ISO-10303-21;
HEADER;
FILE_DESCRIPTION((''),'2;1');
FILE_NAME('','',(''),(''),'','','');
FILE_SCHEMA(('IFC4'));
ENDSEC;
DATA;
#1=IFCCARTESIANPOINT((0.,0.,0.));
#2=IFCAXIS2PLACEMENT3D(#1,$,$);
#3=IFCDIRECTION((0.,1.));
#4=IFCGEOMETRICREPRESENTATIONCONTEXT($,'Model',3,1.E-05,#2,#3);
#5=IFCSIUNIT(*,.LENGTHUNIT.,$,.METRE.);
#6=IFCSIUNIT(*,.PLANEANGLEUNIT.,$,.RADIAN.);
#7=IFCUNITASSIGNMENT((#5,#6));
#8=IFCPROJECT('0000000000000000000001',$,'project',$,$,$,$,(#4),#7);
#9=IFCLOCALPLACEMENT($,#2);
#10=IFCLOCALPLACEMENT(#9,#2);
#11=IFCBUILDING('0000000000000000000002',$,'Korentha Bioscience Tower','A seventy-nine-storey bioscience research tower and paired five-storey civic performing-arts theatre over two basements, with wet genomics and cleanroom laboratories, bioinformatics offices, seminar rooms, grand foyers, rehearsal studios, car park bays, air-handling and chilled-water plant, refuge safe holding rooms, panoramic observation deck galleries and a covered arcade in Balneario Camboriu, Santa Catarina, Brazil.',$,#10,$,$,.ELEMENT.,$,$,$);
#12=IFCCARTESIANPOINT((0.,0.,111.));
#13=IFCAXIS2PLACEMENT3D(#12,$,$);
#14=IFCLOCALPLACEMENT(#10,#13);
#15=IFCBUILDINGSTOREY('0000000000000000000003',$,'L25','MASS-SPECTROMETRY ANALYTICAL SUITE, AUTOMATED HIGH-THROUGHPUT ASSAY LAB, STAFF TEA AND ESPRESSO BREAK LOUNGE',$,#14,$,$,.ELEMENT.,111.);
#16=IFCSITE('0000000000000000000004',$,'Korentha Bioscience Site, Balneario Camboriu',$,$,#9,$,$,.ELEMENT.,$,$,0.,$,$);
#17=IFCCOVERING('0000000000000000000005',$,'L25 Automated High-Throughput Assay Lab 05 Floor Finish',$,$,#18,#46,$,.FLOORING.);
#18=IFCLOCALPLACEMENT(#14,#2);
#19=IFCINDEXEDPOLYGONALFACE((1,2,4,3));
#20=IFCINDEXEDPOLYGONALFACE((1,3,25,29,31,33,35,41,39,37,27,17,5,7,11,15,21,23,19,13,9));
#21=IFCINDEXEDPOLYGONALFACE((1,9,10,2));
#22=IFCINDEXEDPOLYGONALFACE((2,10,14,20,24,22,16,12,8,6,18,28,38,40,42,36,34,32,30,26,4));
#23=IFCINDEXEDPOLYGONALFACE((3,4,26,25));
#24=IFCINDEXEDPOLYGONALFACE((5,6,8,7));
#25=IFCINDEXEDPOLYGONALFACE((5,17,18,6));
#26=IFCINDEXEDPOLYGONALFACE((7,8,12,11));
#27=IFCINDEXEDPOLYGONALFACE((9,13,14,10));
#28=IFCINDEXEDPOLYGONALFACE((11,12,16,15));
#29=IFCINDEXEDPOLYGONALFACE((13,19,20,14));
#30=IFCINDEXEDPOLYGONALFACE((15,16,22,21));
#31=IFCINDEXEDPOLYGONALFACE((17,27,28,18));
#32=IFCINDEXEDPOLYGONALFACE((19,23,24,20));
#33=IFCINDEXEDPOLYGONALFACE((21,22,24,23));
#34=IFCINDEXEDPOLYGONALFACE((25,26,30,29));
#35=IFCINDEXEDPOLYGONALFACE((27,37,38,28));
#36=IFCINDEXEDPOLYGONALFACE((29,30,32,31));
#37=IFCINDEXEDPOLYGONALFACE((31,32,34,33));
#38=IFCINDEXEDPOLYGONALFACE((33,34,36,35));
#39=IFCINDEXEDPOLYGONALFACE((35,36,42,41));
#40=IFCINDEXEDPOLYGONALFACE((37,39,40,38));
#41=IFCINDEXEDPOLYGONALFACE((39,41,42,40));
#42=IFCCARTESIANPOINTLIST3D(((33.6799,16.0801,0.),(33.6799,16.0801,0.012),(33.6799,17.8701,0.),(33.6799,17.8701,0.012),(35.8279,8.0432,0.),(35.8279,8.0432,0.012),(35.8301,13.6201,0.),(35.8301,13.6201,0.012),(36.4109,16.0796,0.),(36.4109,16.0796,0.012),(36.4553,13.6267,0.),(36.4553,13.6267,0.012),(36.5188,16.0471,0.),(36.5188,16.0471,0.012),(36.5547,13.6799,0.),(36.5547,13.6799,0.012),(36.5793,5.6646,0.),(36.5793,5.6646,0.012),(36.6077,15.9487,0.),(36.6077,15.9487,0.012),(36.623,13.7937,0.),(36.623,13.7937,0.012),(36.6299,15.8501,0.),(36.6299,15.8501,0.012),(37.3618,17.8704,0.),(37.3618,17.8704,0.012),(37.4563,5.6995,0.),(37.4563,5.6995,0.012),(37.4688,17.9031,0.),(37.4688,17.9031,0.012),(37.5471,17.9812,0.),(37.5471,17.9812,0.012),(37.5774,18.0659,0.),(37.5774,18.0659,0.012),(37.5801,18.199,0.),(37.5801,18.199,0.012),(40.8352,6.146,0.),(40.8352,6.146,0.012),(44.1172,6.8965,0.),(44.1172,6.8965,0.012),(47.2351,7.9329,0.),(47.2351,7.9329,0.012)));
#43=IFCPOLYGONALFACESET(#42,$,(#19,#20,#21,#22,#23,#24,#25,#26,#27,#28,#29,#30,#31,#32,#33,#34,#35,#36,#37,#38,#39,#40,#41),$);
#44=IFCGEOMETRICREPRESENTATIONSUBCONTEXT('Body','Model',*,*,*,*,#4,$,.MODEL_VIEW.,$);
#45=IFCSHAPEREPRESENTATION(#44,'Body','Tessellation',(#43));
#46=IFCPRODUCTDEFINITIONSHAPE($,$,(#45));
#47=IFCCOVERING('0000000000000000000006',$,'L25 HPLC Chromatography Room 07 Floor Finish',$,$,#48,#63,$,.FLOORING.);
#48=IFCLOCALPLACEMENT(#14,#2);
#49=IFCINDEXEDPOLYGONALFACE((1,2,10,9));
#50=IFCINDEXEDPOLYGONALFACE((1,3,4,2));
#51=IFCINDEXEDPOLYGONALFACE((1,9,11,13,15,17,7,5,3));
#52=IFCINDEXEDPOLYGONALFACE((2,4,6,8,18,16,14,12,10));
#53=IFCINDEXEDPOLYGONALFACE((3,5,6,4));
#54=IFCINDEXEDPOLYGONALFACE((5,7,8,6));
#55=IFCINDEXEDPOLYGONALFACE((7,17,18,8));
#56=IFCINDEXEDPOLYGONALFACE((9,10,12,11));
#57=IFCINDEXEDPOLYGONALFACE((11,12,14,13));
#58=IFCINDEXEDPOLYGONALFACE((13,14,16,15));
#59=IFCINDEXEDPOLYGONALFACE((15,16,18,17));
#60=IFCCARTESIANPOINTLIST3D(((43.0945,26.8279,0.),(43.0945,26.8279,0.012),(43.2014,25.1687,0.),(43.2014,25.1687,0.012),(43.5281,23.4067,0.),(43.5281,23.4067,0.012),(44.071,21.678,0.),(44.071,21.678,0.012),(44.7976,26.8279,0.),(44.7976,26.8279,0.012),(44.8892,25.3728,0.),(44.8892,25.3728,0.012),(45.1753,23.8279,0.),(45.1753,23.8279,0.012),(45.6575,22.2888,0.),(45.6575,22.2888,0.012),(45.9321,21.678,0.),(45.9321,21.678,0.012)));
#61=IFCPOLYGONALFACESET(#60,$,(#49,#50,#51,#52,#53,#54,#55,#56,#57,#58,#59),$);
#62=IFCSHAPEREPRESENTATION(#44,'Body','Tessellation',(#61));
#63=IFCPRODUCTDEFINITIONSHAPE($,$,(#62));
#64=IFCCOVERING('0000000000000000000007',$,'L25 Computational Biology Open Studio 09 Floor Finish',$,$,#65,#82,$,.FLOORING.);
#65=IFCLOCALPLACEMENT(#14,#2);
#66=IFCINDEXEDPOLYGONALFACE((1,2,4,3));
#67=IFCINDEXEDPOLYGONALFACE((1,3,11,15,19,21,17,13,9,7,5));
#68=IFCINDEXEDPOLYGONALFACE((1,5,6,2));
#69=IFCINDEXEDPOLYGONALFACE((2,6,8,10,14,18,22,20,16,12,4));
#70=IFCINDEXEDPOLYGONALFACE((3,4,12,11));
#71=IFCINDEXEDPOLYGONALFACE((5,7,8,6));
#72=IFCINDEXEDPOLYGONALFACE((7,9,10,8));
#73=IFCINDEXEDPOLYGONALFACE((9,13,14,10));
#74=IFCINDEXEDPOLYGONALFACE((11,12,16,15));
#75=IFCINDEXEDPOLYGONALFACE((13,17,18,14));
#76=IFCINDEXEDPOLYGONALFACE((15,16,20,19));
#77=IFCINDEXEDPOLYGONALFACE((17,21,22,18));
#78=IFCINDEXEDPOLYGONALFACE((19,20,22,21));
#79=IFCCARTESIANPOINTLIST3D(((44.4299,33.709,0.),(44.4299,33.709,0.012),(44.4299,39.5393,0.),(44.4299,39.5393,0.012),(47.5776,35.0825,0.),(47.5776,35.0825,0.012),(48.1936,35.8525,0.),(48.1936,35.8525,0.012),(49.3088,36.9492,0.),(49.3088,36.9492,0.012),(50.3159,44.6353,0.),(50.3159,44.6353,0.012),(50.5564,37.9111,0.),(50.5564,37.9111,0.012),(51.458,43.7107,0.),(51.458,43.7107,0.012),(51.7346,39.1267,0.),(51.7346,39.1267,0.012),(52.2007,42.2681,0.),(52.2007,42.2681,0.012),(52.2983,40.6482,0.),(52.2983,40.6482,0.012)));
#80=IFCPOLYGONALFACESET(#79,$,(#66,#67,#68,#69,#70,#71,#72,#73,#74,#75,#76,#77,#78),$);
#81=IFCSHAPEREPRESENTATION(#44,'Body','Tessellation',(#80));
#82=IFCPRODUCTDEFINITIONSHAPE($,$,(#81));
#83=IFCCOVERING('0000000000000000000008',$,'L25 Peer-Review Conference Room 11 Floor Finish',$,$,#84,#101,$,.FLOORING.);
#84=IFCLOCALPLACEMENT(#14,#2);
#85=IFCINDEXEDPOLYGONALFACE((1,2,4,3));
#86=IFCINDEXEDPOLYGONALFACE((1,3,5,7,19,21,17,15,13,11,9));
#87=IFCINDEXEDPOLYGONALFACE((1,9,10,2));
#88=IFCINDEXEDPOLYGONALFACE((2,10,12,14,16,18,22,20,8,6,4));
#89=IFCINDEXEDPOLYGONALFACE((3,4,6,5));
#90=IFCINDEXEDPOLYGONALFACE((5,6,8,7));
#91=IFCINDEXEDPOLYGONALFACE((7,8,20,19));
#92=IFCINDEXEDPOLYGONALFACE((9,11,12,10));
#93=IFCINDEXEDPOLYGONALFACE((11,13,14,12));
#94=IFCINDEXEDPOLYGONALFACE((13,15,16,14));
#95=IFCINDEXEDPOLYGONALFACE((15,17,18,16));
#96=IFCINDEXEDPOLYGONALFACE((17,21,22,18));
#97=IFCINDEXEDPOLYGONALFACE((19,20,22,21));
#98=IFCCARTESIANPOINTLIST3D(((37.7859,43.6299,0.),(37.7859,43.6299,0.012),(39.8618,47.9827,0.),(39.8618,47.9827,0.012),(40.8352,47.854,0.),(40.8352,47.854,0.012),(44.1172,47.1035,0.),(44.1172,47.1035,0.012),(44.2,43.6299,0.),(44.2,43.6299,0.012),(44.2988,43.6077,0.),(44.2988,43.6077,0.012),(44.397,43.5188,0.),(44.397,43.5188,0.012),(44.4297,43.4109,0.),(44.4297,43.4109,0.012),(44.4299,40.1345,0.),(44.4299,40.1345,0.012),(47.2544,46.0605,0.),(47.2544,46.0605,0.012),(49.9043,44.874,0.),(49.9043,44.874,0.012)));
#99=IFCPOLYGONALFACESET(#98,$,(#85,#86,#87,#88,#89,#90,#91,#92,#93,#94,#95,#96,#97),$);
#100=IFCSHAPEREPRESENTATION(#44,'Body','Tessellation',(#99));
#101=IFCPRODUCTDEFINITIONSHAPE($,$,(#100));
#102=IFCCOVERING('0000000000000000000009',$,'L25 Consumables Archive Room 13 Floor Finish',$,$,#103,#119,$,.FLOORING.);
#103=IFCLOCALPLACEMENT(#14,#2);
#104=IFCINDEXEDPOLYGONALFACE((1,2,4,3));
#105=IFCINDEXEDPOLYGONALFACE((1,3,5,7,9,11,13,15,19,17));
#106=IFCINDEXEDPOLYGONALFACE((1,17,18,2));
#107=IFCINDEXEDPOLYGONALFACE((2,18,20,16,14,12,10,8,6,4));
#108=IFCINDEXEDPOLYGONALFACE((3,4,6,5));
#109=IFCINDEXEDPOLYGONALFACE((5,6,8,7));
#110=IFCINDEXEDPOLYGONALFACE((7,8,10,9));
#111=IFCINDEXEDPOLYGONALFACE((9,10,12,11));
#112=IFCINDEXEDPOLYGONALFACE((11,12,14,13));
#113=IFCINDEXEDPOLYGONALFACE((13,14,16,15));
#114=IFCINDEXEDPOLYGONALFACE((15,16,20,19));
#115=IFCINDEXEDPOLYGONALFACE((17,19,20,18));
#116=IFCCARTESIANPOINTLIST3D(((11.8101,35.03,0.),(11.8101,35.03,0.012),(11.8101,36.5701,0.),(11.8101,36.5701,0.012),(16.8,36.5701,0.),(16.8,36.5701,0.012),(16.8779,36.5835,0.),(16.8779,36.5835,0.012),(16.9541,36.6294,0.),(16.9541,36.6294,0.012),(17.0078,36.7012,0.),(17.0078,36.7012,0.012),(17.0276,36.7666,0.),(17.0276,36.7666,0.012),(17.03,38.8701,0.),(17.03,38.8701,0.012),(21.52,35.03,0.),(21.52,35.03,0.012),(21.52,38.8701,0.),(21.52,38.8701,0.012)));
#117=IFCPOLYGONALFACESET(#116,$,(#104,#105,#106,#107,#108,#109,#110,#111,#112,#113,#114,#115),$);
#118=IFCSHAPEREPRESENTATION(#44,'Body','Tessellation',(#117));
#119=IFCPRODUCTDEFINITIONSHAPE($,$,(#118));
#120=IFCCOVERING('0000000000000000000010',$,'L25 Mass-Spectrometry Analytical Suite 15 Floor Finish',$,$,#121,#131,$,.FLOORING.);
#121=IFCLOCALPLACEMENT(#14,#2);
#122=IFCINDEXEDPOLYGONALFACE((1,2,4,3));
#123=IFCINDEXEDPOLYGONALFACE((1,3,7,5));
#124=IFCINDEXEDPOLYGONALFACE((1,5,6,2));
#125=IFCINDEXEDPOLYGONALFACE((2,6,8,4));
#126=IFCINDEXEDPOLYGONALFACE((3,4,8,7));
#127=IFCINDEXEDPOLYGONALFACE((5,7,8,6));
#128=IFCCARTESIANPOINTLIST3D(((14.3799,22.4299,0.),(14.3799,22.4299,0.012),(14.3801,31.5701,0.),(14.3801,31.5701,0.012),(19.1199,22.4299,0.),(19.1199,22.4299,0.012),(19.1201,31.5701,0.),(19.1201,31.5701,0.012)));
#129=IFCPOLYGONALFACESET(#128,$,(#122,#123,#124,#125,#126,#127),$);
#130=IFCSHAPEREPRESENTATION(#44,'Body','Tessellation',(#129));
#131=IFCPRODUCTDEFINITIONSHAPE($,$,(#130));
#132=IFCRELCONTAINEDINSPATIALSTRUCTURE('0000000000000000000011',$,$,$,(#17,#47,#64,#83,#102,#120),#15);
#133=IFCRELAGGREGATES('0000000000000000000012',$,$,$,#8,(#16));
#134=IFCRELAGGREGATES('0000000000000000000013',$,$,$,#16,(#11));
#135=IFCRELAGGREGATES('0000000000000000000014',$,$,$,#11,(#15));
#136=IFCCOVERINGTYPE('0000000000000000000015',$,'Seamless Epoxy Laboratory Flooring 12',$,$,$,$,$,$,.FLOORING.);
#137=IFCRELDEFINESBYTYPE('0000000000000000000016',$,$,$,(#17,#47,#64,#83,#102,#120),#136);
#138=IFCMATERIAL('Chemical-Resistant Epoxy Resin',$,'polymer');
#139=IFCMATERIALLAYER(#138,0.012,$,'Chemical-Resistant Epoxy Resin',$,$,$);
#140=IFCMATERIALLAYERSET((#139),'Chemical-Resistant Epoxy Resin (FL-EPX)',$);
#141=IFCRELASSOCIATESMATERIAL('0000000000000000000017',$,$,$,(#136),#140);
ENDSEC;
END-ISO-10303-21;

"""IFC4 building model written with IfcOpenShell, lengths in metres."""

from ifc_helpers import new_model, si_unit, direction, frame, origin, place, context, subcontext, project, spatial, polyline, outline, extrude, material, layer, layer_set, type_object, element, save


model = new_model("IFC4")

# Units and contexts
model_context = context("Model", 3, precision=1e-05, world=origin(), true_north=direction((0.0, 1.0)))
body_context = subcontext(model_context, "Body", "Model", "MODEL_VIEW")
ifc_project = project(units=[si_unit("LENGTHUNIT", "METRE"), si_unit("PLANEANGLEUNIT", "RADIAN")], contexts=[model_context])

# Site, building, storey
site_placement = place(None, origin())
site = spatial("IfcSite", under=ifc_project, at=site_placement, Name="Korentha Bioscience Site, Balneario Camboriu", CompositionType="ELEMENT", RefElevation=0.0)
building_placement = place(site_placement, origin())
building = spatial("IfcBuilding", under=site, at=building_placement, Name="Korentha Bioscience Tower", Description="A seventy-nine-storey bioscience research tower and paired five-storey civic performing-arts theatre over two basements, with wet genomics and cleanroom laboratories, bioinformatics offices, seminar rooms, grand foyers, rehearsal studios, car park bays, air-handling and chilled-water plant, refuge safe holding rooms, panoramic observation deck galleries and a covered arcade in Balneario Camboriu, Santa Catarina, Brazil.", CompositionType="ELEMENT")
storey_placement = place(building_placement, frame((0.0, 0.0, 111.0)))
storey = spatial("IfcBuildingStorey", under=building, at=storey_placement, Name="L25", Description="MASS-SPECTROMETRY ANALYTICAL SUITE, AUTOMATED HIGH-THROUGHPUT ASSAY LAB, STAFF TEA AND ESPRESSO BREAK LOUNGE", CompositionType="ELEMENT", Elevation=111.0)

# Coverings
ifc_material_1 = material(Name="Chemical-Resistant Epoxy Resin", Category="polymer")
ifc_layer_1 = layer(ifc_material_1, 0.012, Name="Chemical-Resistant Epoxy Resin")
ifc_layer_set_1 = layer_set([ifc_layer_1], Name="Chemical-Resistant Epoxy Resin (FL-EPX)")
covering_type_1 = type_object("IfcCoveringType", Name="Seamless Epoxy Laboratory Flooring 12", PredefinedType="FLOORING", material=ifc_layer_set_1)
covering_1_placement = place(storey_placement, origin())
element("IfcCovering", 1, at=covering_1_placement, inside=storey, type_object=covering_type_1, Name="L25 Automated High-Throughput Assay Lab 05 Floor Finish", PredefinedType="FLOORING", context=body_context, shape_type="SweptSolid", body=[
    extrude(outline(polyline([(35.8279, 8.0432), (35.8301, 13.6201), (36.4553, 13.6267), (36.5547, 13.6799), (36.623, 13.7937), (36.6299, 15.8501), (36.6077, 15.9487), (36.5188, 16.0471), (36.4109, 16.0796), (33.6799, 16.0801), (33.6799, 17.8701), (37.3618, 17.8704), (37.4688, 17.9031), (37.5471, 17.9812), (37.5774, 18.0659), (37.5801, 18.199), (47.2351, 7.9329), (44.1172, 6.8965), (40.8352, 6.146), (37.4563, 5.6995), (36.5793, 5.6646), (35.8279, 8.0432)])), origin(), (0.0, 0.0, 1.0), 0.012),
])
covering_2_placement = place(storey_placement, origin())
element("IfcCovering", 2, at=covering_2_placement, inside=storey, type_object=covering_type_1, Name="L25 HPLC Chromatography Room 07 Floor Finish", PredefinedType="FLOORING", context=body_context, shape_type="SweptSolid", body=[
    extrude(outline(polyline([(44.7976, 26.8279), (44.8892, 25.3728), (45.1753, 23.8279), (45.6575, 22.2888), (45.9321, 21.678), (44.071, 21.678), (43.5281, 23.4067), (43.2014, 25.1687), (43.0945, 26.8279), (44.7976, 26.8279)])), origin(), (0.0, 0.0, 1.0), 0.012),
])
covering_3_placement = place(storey_placement, origin())
element("IfcCovering", 3, at=covering_3_placement, inside=storey, type_object=covering_type_1, Name="L25 Computational Biology Open Studio 09 Floor Finish", PredefinedType="FLOORING", context=body_context, shape_type="SweptSolid", body=[
    extrude(outline(polyline([(44.4299, 39.5393), (50.3159, 44.6353), (51.458, 43.7107), (52.2007, 42.2681), (52.2983, 40.6482), (51.7346, 39.1267), (50.5564, 37.9111), (49.3088, 36.9492), (48.1936, 35.8525), (47.5776, 35.0825), (44.4299, 33.709), (44.4299, 39.5393)])), origin(), (0.0, 0.0, 1.0), 0.012),
])
covering_4_placement = place(storey_placement, origin())
element("IfcCovering", 4, at=covering_4_placement, inside=storey, type_object=covering_type_1, Name="L25 Peer-Review Conference Room 11 Floor Finish", PredefinedType="FLOORING", context=body_context, shape_type="SweptSolid", body=[
    extrude(outline(polyline([(47.2544, 46.0605), (49.9043, 44.874), (44.4299, 40.1345), (44.4297, 43.4109), (44.397, 43.5188), (44.2988, 43.6077), (44.2, 43.6299), (37.7859, 43.6299), (39.8618, 47.9827), (40.8352, 47.854), (44.1172, 47.1035), (47.2544, 46.0605)])), origin(), (0.0, 0.0, 1.0), 0.012),
])
covering_5_placement = place(storey_placement, origin())
element("IfcCovering", 5, at=covering_5_placement, inside=storey, type_object=covering_type_1, Name="L25 Consumables Archive Room 13 Floor Finish", PredefinedType="FLOORING", context=body_context, shape_type="SweptSolid", body=[
    extrude(outline(polyline([(16.8, 36.5701), (16.8779, 36.5835), (16.9541, 36.6294), (17.0078, 36.7012), (17.0276, 36.7666), (17.03, 38.8701), (21.52, 38.8701), (21.52, 35.03), (11.8101, 35.03), (11.8101, 36.5701), (16.8, 36.5701)])), origin(), (0.0, 0.0, 1.0), 0.012),
])
covering_6_placement = place(storey_placement, origin())
element("IfcCovering", 6, at=covering_6_placement, inside=storey, type_object=covering_type_1, Name="L25 Mass-Spectrometry Analytical Suite 15 Floor Finish", PredefinedType="FLOORING", context=body_context, shape_type="SweptSolid", body=[
    extrude(outline(polyline([(14.3799, 22.4299), (14.3801, 31.5701), (19.1201, 31.5701), (19.1199, 22.4299), (14.3799, 22.4299)])), origin(), (0.0, 0.0, 1.0), 0.012),
])

save(model, "model.ifc")
